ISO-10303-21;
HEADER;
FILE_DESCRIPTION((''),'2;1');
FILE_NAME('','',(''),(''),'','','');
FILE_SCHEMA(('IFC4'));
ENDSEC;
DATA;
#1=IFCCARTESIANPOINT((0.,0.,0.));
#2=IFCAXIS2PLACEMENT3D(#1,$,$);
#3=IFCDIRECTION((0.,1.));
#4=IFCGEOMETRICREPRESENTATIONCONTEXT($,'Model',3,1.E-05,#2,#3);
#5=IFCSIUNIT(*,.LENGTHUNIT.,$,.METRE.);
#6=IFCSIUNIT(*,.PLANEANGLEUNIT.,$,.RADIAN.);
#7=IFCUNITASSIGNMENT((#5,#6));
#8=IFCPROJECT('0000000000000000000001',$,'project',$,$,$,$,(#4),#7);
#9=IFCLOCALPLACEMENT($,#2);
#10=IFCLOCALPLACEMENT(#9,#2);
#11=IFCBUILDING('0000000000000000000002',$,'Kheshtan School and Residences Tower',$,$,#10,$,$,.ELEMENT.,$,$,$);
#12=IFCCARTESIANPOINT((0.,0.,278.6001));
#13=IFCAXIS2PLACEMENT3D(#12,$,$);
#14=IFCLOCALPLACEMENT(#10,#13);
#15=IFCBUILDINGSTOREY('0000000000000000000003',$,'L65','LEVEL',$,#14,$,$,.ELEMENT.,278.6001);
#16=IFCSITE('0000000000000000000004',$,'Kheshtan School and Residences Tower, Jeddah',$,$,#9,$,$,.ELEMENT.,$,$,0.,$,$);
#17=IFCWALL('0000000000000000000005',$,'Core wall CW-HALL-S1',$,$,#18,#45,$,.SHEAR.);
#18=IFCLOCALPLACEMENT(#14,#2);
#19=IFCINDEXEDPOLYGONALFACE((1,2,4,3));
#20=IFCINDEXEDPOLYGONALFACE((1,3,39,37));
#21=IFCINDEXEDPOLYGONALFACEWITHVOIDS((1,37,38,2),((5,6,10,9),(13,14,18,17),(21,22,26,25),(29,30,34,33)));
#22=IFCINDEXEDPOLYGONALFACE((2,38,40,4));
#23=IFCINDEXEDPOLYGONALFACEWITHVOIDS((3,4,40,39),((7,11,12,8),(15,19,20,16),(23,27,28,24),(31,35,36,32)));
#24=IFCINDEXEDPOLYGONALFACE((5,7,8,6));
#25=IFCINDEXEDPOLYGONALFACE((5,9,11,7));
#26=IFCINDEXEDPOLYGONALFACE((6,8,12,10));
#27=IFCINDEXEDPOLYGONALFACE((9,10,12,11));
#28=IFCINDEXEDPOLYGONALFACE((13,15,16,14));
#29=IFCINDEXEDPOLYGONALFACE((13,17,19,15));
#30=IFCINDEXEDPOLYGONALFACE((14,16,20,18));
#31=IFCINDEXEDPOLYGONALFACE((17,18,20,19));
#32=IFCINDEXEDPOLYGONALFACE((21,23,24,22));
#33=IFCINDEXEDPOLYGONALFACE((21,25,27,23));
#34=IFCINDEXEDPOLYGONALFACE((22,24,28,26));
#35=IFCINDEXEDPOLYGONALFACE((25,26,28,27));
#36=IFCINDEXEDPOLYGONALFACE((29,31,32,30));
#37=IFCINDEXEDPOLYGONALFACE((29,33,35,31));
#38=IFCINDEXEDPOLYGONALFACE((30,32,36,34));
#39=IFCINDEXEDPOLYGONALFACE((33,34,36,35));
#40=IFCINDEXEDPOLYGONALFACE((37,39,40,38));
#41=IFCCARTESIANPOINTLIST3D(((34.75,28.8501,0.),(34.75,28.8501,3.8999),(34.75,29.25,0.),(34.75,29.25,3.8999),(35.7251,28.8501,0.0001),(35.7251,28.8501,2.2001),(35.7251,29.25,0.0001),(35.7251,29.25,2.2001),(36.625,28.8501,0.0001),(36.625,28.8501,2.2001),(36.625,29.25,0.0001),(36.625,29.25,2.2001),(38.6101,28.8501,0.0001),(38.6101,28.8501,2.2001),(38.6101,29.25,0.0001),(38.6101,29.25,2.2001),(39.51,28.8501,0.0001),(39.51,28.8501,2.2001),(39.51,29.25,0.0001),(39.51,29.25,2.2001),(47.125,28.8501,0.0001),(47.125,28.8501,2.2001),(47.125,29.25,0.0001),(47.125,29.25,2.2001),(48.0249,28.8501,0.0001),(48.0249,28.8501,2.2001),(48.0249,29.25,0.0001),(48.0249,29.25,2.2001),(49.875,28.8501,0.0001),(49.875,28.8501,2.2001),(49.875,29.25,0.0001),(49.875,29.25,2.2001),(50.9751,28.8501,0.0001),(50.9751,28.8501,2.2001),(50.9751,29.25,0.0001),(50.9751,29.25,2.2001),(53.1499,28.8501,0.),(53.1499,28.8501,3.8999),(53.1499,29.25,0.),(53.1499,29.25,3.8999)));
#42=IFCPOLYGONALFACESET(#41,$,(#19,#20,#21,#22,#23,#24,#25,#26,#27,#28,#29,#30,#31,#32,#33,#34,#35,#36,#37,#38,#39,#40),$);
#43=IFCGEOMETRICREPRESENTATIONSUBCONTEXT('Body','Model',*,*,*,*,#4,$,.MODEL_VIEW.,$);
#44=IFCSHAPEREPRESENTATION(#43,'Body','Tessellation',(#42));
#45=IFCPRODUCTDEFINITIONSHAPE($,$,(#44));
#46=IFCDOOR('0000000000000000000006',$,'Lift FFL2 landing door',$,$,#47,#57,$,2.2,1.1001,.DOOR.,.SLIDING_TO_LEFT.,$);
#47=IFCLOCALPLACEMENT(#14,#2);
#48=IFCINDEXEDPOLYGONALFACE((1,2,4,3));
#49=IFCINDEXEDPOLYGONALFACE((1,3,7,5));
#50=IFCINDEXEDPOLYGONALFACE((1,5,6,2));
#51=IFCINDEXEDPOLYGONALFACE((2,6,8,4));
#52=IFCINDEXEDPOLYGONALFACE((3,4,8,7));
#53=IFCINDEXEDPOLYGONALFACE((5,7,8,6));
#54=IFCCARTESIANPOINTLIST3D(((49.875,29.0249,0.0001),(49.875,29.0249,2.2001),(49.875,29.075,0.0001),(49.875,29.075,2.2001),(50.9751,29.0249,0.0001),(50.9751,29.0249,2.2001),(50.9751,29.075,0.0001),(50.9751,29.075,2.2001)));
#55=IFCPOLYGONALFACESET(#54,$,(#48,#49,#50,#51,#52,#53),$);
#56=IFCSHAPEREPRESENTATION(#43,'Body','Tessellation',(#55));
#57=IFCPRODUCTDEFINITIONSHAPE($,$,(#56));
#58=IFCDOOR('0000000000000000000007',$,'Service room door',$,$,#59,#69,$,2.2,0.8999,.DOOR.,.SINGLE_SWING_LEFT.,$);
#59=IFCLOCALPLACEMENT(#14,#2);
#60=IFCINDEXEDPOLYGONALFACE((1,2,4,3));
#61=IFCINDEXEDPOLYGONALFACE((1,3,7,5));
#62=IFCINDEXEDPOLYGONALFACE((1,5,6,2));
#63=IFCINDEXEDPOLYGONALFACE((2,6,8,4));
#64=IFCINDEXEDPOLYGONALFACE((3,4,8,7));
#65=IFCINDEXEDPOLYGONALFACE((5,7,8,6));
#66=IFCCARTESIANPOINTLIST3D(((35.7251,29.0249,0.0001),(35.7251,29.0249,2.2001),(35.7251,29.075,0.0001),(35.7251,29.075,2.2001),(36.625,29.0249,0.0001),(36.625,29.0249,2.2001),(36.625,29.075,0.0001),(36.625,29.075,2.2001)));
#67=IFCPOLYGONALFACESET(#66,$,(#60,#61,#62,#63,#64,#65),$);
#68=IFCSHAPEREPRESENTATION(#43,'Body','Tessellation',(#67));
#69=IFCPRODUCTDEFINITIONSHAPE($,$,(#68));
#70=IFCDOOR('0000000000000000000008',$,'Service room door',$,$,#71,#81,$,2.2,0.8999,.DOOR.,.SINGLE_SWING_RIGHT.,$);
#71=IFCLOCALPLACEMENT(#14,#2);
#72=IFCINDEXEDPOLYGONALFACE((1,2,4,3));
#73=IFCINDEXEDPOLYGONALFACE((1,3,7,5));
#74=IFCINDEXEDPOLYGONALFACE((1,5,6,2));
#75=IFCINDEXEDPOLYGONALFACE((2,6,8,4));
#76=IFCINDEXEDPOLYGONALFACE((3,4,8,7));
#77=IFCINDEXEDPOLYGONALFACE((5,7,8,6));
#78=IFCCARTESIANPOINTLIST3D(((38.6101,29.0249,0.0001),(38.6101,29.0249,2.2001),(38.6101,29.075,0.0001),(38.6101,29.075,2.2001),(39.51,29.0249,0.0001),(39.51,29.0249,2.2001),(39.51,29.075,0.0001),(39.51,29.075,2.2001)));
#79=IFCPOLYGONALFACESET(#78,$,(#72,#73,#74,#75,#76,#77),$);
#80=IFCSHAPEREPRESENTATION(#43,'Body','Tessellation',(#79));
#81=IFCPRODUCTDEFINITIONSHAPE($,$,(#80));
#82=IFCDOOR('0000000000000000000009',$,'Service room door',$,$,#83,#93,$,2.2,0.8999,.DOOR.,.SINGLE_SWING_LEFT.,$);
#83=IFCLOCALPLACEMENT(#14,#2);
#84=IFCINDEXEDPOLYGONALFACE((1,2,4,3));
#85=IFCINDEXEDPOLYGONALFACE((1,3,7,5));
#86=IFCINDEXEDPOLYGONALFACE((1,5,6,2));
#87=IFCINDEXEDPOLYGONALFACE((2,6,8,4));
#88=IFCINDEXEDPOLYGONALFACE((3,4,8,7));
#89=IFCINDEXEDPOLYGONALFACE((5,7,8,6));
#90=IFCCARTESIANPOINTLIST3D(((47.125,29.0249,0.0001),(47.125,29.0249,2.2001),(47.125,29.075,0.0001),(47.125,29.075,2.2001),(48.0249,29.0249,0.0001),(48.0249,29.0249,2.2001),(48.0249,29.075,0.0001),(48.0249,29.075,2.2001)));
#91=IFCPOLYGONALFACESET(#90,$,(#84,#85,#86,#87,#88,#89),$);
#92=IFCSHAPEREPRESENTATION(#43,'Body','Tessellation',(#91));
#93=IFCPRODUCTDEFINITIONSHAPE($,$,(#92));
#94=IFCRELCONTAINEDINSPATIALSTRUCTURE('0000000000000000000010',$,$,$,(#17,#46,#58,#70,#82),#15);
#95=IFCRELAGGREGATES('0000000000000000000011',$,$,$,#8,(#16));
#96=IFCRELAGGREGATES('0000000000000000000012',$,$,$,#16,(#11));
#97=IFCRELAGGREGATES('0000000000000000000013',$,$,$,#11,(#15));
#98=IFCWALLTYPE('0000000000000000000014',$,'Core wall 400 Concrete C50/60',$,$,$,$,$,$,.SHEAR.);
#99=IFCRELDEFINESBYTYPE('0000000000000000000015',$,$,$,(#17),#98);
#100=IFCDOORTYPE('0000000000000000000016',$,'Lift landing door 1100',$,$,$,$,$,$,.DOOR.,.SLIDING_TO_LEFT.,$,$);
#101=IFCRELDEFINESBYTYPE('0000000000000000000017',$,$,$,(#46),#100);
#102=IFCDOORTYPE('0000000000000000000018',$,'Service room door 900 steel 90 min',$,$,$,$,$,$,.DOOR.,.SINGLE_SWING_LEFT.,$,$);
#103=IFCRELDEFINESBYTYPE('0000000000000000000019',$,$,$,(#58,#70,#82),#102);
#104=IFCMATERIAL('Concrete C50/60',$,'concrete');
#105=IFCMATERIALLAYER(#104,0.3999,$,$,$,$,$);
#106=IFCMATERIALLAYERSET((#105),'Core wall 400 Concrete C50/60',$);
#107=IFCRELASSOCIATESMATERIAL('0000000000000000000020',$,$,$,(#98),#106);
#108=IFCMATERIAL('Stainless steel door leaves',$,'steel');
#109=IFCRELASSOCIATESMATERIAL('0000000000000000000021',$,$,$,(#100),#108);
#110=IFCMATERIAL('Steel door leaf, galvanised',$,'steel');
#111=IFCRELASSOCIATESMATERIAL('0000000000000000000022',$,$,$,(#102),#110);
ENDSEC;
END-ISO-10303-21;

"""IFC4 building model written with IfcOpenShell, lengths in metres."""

from ifc_helpers import new_model, si_unit, direction, frame, frame_2d, origin, place, context, subcontext, project, spatial, rectangle, extrude, source, transform, mapped, material, layer, layer_set, type_object, element, fill, save


model = new_model("IFC4")

# Units and contexts
model_context = context("Model", 3, precision=1e-05, world=origin(), true_north=direction((0.0, 1.0)))
body_context = subcontext(model_context, "Body", "Model", "MODEL_VIEW")
ifc_project = project(units=[si_unit("LENGTHUNIT", "METRE"), si_unit("PLANEANGLEUNIT", "RADIAN")], contexts=[model_context])

# Site, building, storey
site_placement = place(None, origin())
site = spatial("IfcSite", under=ifc_project, at=site_placement, Name="Kheshtan School and Residences Tower, Jeddah", CompositionType="ELEMENT", RefElevation=0.0)
building_placement = place(site_placement, origin())
building = spatial("IfcBuilding", under=site, at=building_placement, Name="Kheshtan School and Residences Tower", CompositionType="ELEMENT")
storey_placement = place(building_placement, frame((0.0, 0.0, 278.6001)))
storey = spatial("IfcBuildingStorey", under=building, at=storey_placement, Name="L65", Description="LEVEL", CompositionType="ELEMENT", Elevation=278.6001)

# Wall, openings, doors
ifc_material_1 = material(Name="Concrete C50/60", Category="concrete")
ifc_layer_1 = layer(ifc_material_1, 0.3999)
ifc_layer_set_1 = layer_set([ifc_layer_1], Name="Core wall 400 Concrete C50/60")
wall_type_1 = type_object("IfcWallType", Name="Core wall 400 Concrete C50/60", PredefinedType="SHEAR", material=ifc_layer_set_1)
wall_1_placement = place(storey_placement, frame((34.75, 29.05, 0.0), z_axis=(0.0, 0.0, 1.0), x_axis=(1.0, 0.0, 0.0)))
wall_1 = element("IfcWall", 1, at=wall_1_placement, inside=storey, type_object=wall_type_1, Name="Core wall CW-HALL-S1", PredefinedType="SHEAR", context=body_context, shape_type="SweptSolid", body=[
    extrude(rectangle(XDim=18.3999, YDim=0.3999, at=frame_2d((9.2, 0.0))), origin(), (0.0, 0.0, 1.0), 3.8999),
])
opening_1_placement = place(wall_1_placement, frame((15.125, 0.0, 0.0)))
opening_1 = element("IfcOpeningElement", 2, at=opening_1_placement, cuts=wall_1, PredefinedType="OPENING", context=body_context, shape_type="SweptSolid", body=[
    extrude(rectangle(XDim=1.1001, YDim=2.2, at=frame_2d((0.55, 1.1001))), frame((0.0, 0.21, 0.0), z_axis=(0.0, -1.0, 0.0), x_axis=(1.0, 0.0, 0.0)), (0.0, 0.0, 1.0), 0.4199),
])
opening_2_placement = place(wall_1_placement, frame((0.9751, 0.0, 0.0)))
opening_2 = element("IfcOpeningElement", 3, at=opening_2_placement, cuts=wall_1, PredefinedType="OPENING", context=body_context, shape_type="SweptSolid", body=[
    extrude(rectangle(XDim=0.8999, YDim=2.2, at=frame_2d((0.45, 1.1001))), frame((0.0, 0.21, 0.0), z_axis=(0.0, -1.0, 0.0), x_axis=(1.0, 0.0, 0.0)), (0.0, 0.0, 1.0), 0.4199),
])
opening_3_placement = place(wall_1_placement, frame((3.8601, 0.0, 0.0)))
opening_3 = element("IfcOpeningElement", 4, at=opening_3_placement, cuts=wall_1, PredefinedType="OPENING", context=body_context, shape_type="SweptSolid", body=[
    extrude(rectangle(XDim=0.8999, YDim=2.2, at=frame_2d((0.45, 1.1001))), frame((0.0, 0.21, 0.0), z_axis=(0.0, -1.0, 0.0), x_axis=(1.0, 0.0, 0.0)), (0.0, 0.0, 1.0), 0.4199),
])
opening_4_placement = place(wall_1_placement, frame((12.375, 0.0, 0.0)))
opening_4 = element("IfcOpeningElement", 5, at=opening_4_placement, cuts=wall_1, PredefinedType="OPENING", context=body_context, shape_type="SweptSolid", body=[
    extrude(rectangle(XDim=0.8999, YDim=2.2, at=frame_2d((0.45, 1.1001))), frame((0.0, 0.21, 0.0), z_axis=(0.0, -1.0, 0.0), x_axis=(1.0, 0.0, 0.0)), (0.0, 0.0, 1.0), 0.4199),
])
ifc_material_2 = material(Name="Stainless steel door leaves", Category="steel")
door_type_1 = type_object("IfcDoorType", Name="Lift landing door 1100", OperationType="SLIDING_TO_LEFT", PredefinedType="DOOR", material=ifc_material_2)
shared_shape_1 = source(origin(), body_context, "Body", "SweptSolid", [
    extrude(rectangle(XDim=1.1001, YDim=2.2, at=frame_2d((0.55, 1.1001))), frame((0.0, 0.0249, 0.0), z_axis=(0.0, -1.0, 0.0), x_axis=(1.0, 0.0, 0.0)), (0.0, 0.0, 1.0), 0.05),
])
door_1_placement = place(opening_1_placement, origin())
door_1 = element("IfcDoor", 6, at=door_1_placement, inside=storey, type_object=door_type_1, Name="Lift FFL2 landing door", OperationType="SLIDING_TO_LEFT", OverallHeight=2.2, OverallWidth=1.1001, PredefinedType="DOOR", context=body_context, shape_type="MappedRepresentation", body=[
    mapped(shared_shape_1, transform((0.0, 0.0, 0.0), x_axis=(1.0, 0.0, 0.0), y_axis=(0.0, 1.0, 0.0), z_axis=(0.0, 0.0, 1.0), scale=1.0)),
])
fill(opening_1, door_1)
ifc_material_3 = material(Name="Steel door leaf, galvanised", Category="steel")
door_type_2 = type_object("IfcDoorType", Name="Service room door 900 steel 90 min", OperationType="SINGLE_SWING_LEFT", PredefinedType="DOOR", material=ifc_material_3)
shared_shape_2 = source(origin(), body_context, "Body", "SweptSolid", [
    extrude(rectangle(XDim=0.8999, YDim=2.2, at=frame_2d((0.45, 1.1001))), frame((0.0, 0.0249, 0.0), z_axis=(0.0, -1.0, 0.0), x_axis=(1.0, 0.0, 0.0)), (0.0, 0.0, 1.0), 0.05),
])
door_2_placement = place(opening_2_placement, origin())
door_2 = element("IfcDoor", 7, at=door_2_placement, inside=storey, type_object=door_type_2, Name="Service room door", OperationType="SINGLE_SWING_LEFT", OverallHeight=2.2, OverallWidth=0.8999, PredefinedType="DOOR", context=body_context, shape_type="MappedRepresentation", body=[
    mapped(shared_shape_2, transform((0.0, 0.0, 0.0), x_axis=(1.0, 0.0, 0.0), y_axis=(0.0, 1.0, 0.0), z_axis=(0.0, 0.0, 1.0), scale=1.0)),
])
fill(opening_2, door_2)
door_3_placement = place(opening_3_placement, origin())
door_3 = element("IfcDoor", 8, at=door_3_placement, inside=storey, type_object=door_type_2, Name="Service room door", OperationType="SINGLE_SWING_RIGHT", OverallHeight=2.2, OverallWidth=0.8999, PredefinedType="DOOR", context=body_context, shape_type="MappedRepresentation", body=[
    mapped(shared_shape_2, transform((0.0, 0.0, 0.0), x_axis=(1.0, 0.0, 0.0), y_axis=(0.0, 1.0, 0.0), z_axis=(0.0, 0.0, 1.0), scale=1.0)),
])
fill(opening_3, door_3)
door_4_placement = place(opening_4_placement, origin())
door_4 = element("IfcDoor", 9, at=door_4_placement, inside=storey, type_object=door_type_2, Name="Service room door", OperationType="SINGLE_SWING_LEFT", OverallHeight=2.2, OverallWidth=0.8999, PredefinedType="DOOR", context=body_context, shape_type="MappedRepresentation", body=[
    mapped(shared_shape_2, transform((0.0, 0.0, 0.0), x_axis=(1.0, 0.0, 0.0), y_axis=(0.0, 1.0, 0.0), z_axis=(0.0, 0.0, 1.0), scale=1.0)),
])
fill(opening_4, door_4)

save(model, "model.ifc")
